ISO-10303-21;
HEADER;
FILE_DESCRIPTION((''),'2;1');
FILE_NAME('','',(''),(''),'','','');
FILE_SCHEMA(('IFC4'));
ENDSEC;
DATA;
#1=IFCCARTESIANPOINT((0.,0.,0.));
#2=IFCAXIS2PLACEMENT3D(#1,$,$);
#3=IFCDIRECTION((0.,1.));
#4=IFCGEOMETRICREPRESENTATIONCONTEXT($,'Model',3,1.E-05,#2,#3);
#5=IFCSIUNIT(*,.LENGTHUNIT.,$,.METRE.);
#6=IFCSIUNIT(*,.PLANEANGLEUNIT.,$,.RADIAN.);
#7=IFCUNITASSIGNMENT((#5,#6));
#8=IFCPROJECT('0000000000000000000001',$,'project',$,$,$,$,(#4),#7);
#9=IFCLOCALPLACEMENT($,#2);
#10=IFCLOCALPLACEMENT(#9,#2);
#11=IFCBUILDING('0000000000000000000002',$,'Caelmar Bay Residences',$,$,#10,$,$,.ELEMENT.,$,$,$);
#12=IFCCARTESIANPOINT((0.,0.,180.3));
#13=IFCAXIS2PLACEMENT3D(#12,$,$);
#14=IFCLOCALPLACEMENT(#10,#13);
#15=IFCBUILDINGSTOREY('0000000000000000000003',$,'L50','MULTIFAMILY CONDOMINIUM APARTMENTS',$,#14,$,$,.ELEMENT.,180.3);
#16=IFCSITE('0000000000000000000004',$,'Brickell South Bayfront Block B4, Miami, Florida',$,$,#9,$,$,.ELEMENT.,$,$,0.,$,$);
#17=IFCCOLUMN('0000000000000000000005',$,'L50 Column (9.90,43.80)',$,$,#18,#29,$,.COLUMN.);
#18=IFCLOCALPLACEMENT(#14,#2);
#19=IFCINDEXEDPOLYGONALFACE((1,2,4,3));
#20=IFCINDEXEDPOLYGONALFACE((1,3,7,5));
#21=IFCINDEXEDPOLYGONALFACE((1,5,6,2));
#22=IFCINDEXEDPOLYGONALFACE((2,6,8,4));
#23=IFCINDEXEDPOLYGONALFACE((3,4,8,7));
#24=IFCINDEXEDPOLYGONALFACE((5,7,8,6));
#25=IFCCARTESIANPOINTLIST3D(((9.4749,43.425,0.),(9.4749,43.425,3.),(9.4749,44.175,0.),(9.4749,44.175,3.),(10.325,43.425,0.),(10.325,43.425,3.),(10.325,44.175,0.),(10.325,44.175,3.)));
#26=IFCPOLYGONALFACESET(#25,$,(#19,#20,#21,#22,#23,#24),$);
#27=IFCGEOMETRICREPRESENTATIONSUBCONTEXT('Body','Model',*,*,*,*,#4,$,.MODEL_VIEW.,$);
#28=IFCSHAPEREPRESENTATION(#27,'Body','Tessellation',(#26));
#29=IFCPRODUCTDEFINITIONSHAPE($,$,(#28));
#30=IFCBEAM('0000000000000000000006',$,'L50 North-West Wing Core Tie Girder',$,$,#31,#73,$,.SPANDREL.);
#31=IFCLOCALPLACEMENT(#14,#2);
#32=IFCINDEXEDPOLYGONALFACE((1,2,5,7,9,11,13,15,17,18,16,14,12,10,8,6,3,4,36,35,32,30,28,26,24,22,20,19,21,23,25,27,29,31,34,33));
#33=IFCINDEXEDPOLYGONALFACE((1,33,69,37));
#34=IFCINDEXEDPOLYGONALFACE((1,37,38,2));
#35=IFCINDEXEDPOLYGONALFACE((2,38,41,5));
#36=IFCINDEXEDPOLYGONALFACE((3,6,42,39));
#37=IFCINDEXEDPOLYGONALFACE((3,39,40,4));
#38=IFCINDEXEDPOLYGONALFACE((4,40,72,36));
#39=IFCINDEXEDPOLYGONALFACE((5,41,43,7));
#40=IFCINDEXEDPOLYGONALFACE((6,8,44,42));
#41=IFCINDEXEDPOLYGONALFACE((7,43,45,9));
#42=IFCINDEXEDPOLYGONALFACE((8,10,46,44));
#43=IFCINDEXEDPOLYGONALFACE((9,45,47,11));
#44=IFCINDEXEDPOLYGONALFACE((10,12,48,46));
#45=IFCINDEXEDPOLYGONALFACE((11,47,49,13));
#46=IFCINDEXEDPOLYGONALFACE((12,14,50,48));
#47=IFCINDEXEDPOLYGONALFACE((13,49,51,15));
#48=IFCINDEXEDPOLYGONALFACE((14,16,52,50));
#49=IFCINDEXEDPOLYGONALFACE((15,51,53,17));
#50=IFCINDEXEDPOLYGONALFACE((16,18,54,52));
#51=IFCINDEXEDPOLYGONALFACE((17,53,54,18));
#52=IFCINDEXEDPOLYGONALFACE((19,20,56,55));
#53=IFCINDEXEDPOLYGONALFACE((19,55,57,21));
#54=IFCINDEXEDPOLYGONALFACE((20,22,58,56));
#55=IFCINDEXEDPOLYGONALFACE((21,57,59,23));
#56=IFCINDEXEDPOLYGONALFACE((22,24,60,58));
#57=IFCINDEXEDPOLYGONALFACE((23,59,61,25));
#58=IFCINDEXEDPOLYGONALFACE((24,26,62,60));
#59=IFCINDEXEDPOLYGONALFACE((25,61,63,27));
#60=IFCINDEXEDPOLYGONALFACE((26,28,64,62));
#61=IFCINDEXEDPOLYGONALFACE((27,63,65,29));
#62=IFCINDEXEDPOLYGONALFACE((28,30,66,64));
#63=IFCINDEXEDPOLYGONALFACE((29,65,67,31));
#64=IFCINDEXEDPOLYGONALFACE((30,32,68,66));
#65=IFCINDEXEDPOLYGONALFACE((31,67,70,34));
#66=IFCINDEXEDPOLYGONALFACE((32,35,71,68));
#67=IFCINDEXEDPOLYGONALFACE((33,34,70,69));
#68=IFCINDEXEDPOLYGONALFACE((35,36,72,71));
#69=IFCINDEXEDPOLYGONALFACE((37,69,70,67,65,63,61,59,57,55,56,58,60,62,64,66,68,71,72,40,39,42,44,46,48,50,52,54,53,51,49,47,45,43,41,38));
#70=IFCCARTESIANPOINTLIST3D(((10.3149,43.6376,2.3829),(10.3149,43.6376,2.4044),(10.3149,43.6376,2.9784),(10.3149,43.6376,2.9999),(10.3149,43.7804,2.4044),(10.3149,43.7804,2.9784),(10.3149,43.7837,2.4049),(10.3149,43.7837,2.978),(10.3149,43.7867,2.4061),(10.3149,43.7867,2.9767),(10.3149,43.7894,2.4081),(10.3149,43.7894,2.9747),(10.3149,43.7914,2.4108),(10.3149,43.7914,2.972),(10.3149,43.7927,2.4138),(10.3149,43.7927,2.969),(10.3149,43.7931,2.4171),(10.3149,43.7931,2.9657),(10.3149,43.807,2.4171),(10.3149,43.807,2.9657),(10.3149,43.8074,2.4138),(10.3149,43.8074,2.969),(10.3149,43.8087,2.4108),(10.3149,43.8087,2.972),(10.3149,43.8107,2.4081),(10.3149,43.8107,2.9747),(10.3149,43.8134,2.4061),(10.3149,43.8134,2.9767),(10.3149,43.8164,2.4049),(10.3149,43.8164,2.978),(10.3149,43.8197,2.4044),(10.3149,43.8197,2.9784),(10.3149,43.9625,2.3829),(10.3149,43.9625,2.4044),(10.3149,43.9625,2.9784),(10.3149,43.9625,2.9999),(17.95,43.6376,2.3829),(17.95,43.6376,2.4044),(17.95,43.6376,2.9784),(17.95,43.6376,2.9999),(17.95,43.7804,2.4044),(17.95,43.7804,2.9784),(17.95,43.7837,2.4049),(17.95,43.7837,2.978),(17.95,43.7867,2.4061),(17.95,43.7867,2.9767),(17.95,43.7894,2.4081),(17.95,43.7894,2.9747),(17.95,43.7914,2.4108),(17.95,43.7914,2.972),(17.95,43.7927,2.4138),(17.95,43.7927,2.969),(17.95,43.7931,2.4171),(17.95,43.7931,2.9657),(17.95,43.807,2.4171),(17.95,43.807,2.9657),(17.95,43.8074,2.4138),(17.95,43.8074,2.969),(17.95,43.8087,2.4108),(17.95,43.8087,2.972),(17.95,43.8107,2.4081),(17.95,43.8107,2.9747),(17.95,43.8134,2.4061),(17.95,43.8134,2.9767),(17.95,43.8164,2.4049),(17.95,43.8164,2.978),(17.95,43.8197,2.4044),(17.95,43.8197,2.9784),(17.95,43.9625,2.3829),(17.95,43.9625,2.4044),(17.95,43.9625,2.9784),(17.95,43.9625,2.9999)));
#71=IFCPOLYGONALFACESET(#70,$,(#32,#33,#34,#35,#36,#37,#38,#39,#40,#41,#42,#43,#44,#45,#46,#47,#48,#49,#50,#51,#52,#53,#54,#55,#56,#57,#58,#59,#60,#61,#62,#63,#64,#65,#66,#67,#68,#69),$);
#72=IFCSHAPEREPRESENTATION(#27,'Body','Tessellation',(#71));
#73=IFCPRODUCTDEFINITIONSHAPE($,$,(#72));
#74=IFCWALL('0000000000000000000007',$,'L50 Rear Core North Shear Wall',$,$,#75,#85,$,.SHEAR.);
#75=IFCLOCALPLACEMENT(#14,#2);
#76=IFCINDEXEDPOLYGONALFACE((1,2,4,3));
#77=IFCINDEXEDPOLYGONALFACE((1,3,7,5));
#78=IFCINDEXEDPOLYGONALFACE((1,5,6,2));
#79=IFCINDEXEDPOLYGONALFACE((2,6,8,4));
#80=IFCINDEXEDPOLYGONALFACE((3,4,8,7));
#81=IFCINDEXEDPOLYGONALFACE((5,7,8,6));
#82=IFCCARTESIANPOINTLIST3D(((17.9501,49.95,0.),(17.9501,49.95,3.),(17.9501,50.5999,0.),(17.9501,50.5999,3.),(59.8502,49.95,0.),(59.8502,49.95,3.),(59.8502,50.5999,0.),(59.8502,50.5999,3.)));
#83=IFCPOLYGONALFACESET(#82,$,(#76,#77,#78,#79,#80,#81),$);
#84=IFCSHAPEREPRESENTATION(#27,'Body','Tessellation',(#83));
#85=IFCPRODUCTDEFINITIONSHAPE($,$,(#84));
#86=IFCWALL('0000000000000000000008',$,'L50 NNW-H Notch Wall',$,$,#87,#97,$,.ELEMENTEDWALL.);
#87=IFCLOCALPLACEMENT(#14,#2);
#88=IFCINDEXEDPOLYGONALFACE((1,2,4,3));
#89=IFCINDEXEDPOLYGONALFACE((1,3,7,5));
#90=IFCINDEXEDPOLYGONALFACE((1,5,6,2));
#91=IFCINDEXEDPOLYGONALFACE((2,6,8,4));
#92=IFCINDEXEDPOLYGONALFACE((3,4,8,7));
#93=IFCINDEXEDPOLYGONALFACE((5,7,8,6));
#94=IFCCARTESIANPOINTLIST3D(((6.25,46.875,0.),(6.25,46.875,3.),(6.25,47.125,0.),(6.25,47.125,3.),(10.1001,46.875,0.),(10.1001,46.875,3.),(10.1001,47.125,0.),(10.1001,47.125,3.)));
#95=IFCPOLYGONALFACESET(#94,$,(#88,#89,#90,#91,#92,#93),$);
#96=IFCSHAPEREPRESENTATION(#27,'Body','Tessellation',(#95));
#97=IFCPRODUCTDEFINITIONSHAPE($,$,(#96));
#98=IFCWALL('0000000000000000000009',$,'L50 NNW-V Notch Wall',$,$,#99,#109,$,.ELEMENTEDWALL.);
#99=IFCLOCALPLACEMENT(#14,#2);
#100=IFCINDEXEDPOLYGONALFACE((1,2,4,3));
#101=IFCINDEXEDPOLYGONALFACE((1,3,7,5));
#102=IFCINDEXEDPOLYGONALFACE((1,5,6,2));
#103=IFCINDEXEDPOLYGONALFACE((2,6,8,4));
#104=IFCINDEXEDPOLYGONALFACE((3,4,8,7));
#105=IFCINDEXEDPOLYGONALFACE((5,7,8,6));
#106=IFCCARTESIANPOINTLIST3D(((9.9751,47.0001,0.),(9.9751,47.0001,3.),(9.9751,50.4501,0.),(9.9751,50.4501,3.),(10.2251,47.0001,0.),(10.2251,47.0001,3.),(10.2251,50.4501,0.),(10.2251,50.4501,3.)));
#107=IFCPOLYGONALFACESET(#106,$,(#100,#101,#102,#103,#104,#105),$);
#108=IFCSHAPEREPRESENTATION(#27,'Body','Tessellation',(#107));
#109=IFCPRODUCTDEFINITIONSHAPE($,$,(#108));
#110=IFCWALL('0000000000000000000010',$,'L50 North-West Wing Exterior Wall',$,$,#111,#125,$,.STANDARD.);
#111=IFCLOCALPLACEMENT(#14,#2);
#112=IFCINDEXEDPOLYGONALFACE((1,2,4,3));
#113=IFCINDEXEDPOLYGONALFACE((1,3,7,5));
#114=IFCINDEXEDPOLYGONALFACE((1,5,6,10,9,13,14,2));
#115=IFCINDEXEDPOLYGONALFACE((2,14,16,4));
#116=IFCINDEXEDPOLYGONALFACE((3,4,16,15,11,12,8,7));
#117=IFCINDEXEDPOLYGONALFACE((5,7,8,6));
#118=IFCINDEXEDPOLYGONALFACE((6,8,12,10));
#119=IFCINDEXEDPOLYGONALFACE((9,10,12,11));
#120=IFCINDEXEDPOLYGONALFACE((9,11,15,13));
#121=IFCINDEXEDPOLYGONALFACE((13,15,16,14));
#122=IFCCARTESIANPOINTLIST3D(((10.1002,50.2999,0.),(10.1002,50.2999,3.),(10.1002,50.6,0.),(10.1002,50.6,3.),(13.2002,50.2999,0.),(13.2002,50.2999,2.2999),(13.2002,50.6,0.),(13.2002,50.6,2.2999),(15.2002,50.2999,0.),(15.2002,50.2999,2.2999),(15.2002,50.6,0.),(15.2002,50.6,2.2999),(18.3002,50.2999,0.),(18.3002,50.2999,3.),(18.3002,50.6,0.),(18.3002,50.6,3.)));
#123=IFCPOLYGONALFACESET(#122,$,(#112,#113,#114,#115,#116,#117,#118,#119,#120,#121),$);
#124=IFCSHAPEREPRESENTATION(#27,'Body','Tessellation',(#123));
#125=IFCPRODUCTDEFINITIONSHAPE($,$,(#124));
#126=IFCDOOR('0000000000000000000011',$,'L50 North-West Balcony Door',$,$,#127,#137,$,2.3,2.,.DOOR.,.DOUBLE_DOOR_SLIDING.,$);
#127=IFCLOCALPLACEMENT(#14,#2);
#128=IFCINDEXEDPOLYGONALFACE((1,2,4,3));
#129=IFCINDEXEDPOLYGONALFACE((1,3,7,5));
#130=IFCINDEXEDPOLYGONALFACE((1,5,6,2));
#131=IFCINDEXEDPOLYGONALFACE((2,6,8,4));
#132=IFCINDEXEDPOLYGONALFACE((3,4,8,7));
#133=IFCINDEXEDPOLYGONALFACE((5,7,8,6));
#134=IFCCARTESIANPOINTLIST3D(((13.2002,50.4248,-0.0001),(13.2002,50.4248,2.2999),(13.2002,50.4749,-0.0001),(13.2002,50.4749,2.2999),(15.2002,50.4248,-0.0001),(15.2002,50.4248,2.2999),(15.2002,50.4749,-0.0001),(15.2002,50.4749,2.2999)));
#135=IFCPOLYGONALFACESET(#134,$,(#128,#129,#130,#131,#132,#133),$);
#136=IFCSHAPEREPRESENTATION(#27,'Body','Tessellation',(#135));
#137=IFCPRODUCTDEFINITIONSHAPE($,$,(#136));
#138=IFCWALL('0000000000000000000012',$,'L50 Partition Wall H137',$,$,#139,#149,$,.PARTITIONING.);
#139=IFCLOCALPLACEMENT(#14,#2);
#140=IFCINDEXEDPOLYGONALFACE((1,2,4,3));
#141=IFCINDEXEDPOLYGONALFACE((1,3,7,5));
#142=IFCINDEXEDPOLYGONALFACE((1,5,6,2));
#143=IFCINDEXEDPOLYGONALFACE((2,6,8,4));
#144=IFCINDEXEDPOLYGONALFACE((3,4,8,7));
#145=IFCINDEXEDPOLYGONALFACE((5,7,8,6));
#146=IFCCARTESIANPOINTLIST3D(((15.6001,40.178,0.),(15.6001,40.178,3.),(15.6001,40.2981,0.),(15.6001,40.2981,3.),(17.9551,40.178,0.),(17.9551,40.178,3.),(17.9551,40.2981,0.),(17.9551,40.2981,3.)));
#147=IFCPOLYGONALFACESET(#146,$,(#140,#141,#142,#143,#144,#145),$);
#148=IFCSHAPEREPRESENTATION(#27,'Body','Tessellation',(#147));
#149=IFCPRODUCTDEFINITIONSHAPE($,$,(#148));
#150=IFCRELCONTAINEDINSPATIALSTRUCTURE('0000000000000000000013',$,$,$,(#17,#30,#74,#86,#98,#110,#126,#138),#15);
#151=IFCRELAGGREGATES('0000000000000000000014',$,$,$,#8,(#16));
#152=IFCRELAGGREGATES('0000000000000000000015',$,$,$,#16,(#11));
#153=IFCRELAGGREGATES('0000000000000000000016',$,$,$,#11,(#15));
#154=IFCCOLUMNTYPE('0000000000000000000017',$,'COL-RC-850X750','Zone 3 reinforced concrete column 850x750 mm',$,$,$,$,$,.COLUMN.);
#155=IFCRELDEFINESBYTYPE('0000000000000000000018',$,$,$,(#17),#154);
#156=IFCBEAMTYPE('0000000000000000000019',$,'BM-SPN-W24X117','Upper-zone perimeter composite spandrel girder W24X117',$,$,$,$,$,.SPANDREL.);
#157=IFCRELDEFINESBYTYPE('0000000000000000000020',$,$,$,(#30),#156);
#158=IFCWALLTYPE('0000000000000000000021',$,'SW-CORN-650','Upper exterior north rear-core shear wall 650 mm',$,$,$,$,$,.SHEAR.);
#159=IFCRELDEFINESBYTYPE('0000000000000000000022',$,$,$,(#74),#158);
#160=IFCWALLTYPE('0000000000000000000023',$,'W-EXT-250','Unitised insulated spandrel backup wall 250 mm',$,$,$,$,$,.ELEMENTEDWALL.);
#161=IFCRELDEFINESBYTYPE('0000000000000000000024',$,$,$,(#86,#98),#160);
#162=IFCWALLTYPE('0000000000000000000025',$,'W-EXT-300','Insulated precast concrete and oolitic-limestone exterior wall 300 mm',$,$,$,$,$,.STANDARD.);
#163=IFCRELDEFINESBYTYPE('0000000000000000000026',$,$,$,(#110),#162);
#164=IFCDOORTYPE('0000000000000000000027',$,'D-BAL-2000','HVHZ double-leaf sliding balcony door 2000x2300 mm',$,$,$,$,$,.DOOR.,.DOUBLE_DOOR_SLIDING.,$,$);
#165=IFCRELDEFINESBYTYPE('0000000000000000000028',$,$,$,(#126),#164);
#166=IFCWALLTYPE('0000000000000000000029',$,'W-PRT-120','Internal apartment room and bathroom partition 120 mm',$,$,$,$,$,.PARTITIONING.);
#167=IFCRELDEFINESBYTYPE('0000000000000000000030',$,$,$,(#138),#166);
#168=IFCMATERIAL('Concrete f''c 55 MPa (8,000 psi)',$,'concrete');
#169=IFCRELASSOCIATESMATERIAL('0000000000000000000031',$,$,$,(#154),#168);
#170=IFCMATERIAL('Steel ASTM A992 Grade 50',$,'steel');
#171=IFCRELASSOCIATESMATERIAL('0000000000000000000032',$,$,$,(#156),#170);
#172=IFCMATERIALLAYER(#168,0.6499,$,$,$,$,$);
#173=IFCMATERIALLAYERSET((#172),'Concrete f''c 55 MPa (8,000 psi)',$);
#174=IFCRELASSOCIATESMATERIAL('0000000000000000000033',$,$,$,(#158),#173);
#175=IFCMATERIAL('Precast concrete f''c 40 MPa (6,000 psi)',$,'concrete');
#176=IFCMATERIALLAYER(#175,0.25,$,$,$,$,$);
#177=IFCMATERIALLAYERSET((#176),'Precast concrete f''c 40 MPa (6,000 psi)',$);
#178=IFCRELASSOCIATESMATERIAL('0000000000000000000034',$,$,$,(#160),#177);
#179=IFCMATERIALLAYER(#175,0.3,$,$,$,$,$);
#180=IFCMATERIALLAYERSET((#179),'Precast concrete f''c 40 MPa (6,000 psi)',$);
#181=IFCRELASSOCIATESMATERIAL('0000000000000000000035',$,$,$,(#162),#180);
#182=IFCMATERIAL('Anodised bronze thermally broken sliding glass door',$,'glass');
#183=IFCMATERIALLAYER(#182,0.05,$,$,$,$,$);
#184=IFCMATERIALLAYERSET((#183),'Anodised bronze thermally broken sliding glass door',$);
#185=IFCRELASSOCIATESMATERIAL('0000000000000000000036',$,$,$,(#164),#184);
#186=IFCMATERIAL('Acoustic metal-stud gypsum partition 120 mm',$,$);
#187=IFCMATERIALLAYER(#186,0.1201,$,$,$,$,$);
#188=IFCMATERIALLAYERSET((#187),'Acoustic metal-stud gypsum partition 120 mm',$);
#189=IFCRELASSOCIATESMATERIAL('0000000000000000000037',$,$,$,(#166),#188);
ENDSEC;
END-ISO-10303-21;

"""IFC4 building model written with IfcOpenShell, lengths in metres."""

from ifc_helpers import new_model, si_unit, direction, frame, frame_2d, origin, origin_2d, place, context, subcontext, project, spatial, rectangle, i_section, extrude, material, layer, layer_set, material_profile, profile_set, type_object, element, fill, save


model = new_model("IFC4")

# Units and contexts
model_context = context("Model", 3, precision=1e-05, world=origin(), true_north=direction((0.0, 1.0)))
body_context = subcontext(model_context, "Body", "Model", "MODEL_VIEW")
ifc_project = project(units=[si_unit("LENGTHUNIT", "METRE"), si_unit("PLANEANGLEUNIT", "RADIAN")], contexts=[model_context])

# Site, building, storey
site_placement = place(None, origin())
site = spatial("IfcSite", under=ifc_project, at=site_placement, Name="Brickell South Bayfront Block B4, Miami, Florida", CompositionType="ELEMENT", RefElevation=0.0)
building_placement = place(site_placement, origin())
building = spatial("IfcBuilding", under=site, at=building_placement, Name="Caelmar Bay Residences", CompositionType="ELEMENT")
storey_placement = place(building_placement, frame((0.0, 0.0, 180.3)))
storey = spatial("IfcBuildingStorey", under=building, at=storey_placement, Name="L50", Description="MULTIFAMILY CONDOMINIUM APARTMENTS", CompositionType="ELEMENT", Elevation=180.3)

# Column
ifc_material_1 = material(Name="Concrete f'c 55 MPa (8,000 psi)", Category="concrete")
ifc_material_profile_1 = material_profile(ifc_material_1, rectangle(XDim=0.8501, YDim=0.75, at=origin_2d()), Name="RC-COL-850X750")
ifc_profile_set_1 = profile_set([ifc_material_profile_1], Name="Concrete f'c 55 MPa (8,000 psi)")
column_type = type_object("IfcColumnType", Name="COL-RC-850X750", Description="Zone 3 reinforced concrete column 850x750 mm", PredefinedType="COLUMN", material=ifc_profile_set_1)
column_placement = place(storey_placement, frame((9.8999, 43.8, 0.0), z_axis=(0.0, 0.0, 1.0), x_axis=(1.0, 0.0, 0.0)))
element("IfcColumn", 1, at=column_placement, inside=storey, type_object=column_type, Name="L50 Column (9.90,43.80)", PredefinedType="COLUMN", context=body_context, shape_type="SweptSolid", body=[
    extrude(rectangle(XDim=0.8501, YDim=0.75, at=origin_2d()), origin(), (0.0, 0.0, 1.0), 3.0),
])

# Beam
ifc_material_2 = material(Name="Steel ASTM A992 Grade 50", Category="steel")
ifc_material_profile_2 = material_profile(ifc_material_2, i_section(OverallWidth=0.325, OverallDepth=0.6169, WebThickness=0.0139, FlangeThickness=0.0215, FilletRadius=0.0127, at=origin_2d()), Name="W24X117")
ifc_profile_set_2 = profile_set([ifc_material_profile_2], Name="Steel ASTM A992 Grade 50")
beam_type = type_object("IfcBeamType", Name="BM-SPN-W24X117", Description="Upper-zone perimeter composite spandrel girder W24X117", PredefinedType="SPANDREL", material=ifc_profile_set_2)
beam_placement = place(storey_placement, frame((10.3149, 43.8, 2.6914), z_axis=(1.0, 0.0, 0.0), x_axis=(0.0, 1.0, 0.0)))
element("IfcBeam", 2, at=beam_placement, inside=storey, type_object=beam_type, Name="L50 North-West Wing Core Tie Girder", PredefinedType="SPANDREL", context=body_context, shape_type="SweptSolid", body=[
    extrude(i_section(OverallWidth=0.325, OverallDepth=0.6169, WebThickness=0.0139, FlangeThickness=0.0215, FilletRadius=0.0127, at=origin_2d()), origin(), (0.0, 0.0, 1.0), 7.635),
])

# Walls
ifc_layer_1 = layer(ifc_material_1, 0.6499)
ifc_layer_set_1 = layer_set([ifc_layer_1], Name="Concrete f'c 55 MPa (8,000 psi)")
wall_type_1 = type_object("IfcWallType", Name="SW-CORN-650", Description="Upper exterior north rear-core shear wall 650 mm", PredefinedType="SHEAR", material=ifc_layer_set_1)
wall_1_placement = place(storey_placement, frame((17.95, 50.2749, 0.0), z_axis=(0.0, 0.0, 1.0), x_axis=(1.0, 0.0, 0.0)))
element("IfcWall", 3, at=wall_1_placement, inside=storey, type_object=wall_type_1, Name="L50 Rear Core North Shear Wall", PredefinedType="SHEAR", context=body_context, shape_type="SweptSolid", body=[
    extrude(rectangle(XDim=41.9001, YDim=0.6499, at=frame_2d((20.9502, 0.0))), origin(), (0.0, 0.0, 1.0), 3.0),
])
ifc_material_3 = material(Name="Precast concrete f'c 40 MPa (6,000 psi)", Category="concrete")
ifc_layer_2 = layer(ifc_material_3, 0.25)
ifc_layer_set_2 = layer_set([ifc_layer_2], Name="Precast concrete f'c 40 MPa (6,000 psi)")
wall_type_2 = type_object("IfcWallType", Name="W-EXT-250", Description="Unitised insulated spandrel backup wall 250 mm", PredefinedType="ELEMENTEDWALL", material=ifc_layer_set_2)
wall_2_placement = place(storey_placement, frame((6.25, 47.0, 0.0), z_axis=(0.0, 0.0, 1.0), x_axis=(1.0, 0.0, 0.0)))
element("IfcWall", 4, at=wall_2_placement, inside=storey, type_object=wall_type_2, Name="L50 NNW-H Notch Wall", PredefinedType="ELEMENTEDWALL", context=body_context, shape_type="SweptSolid", body=[
    extrude(rectangle(XDim=3.8501, YDim=0.25, at=frame_2d((1.925, 0.0))), origin(), (0.0, 0.0, 1.0), 3.0),
])
wall_3_placement = place(storey_placement, frame((10.1001, 47.0, 0.0), z_axis=(0.0, 0.0, 1.0), x_axis=(0.0, 1.0, 0.0)))
element("IfcWall", 5, at=wall_3_placement, inside=storey, type_object=wall_type_2, Name="L50 NNW-V Notch Wall", PredefinedType="ELEMENTEDWALL", context=body_context, shape_type="SweptSolid", body=[
    extrude(rectangle(XDim=3.45, YDim=0.25, at=frame_2d((1.7251, 0.0))), origin(), (0.0, 0.0, 1.0), 3.0),
])

# Wall, opening, door
ifc_layer_3 = layer(ifc_material_3, 0.3)
ifc_layer_set_3 = layer_set([ifc_layer_3], Name="Precast concrete f'c 40 MPa (6,000 psi)")
wall_type_3 = type_object("IfcWallType", Name="W-EXT-300", Description="Insulated precast concrete and oolitic-limestone exterior wall 300 mm", PredefinedType="STANDARD", material=ifc_layer_set_3)
wall_4_placement = place(storey_placement, frame((10.1001, 50.45, 0.0), z_axis=(0.0, 0.0, 1.0), x_axis=(1.0, 0.0, 0.0)))
wall_4 = element("IfcWall", 6, at=wall_4_placement, inside=storey, type_object=wall_type_3, Name="L50 North-West Wing Exterior Wall", PredefinedType="STANDARD", context=body_context, shape_type="SweptSolid", body=[
    extrude(rectangle(XDim=8.2, YDim=0.3, at=frame_2d((4.1001, 0.0))), origin(), (0.0, 0.0, 1.0), 3.0),
])
opening_1_placement = place(wall_4_placement, frame((3.1001, 0.0, 0.0)))
opening_1 = element("IfcOpeningElement", 7, at=opening_1_placement, cuts=wall_4, PredefinedType="OPENING", context=body_context, shape_type="SweptSolid", body=[
    extrude(rectangle(XDim=2.0, YDim=2.3, at=frame_2d((1.0, 1.1499))), frame((0.0, 0.1599, 0.0), z_axis=(0.0, -1.0, 0.0), x_axis=(1.0, 0.0, 0.0)), (0.0, 0.0, 1.0), 0.3201),
])
ifc_material_4 = material(Name="Anodised bronze thermally broken sliding glass door", Category="glass")
ifc_layer_4 = layer(ifc_material_4, 0.05)
ifc_layer_set_4 = layer_set([ifc_layer_4], Name="Anodised bronze thermally broken sliding glass door")
door_type_1 = type_object("IfcDoorType", Name="D-BAL-2000", Description="HVHZ double-leaf sliding balcony door 2000x2300 mm", OperationType="DOUBLE_DOOR_SLIDING", PredefinedType="DOOR", material=ifc_layer_set_4)
door_1_placement = place(opening_1_placement, origin())
door_1 = element("IfcDoor", 8, at=door_1_placement, inside=storey, type_object=door_type_1, Name="L50 North-West Balcony Door", OperationType="DOUBLE_DOOR_SLIDING", OverallHeight=2.3, OverallWidth=2.0, PredefinedType="DOOR", context=body_context, shape_type="SweptSolid", body=[
    extrude(rectangle(XDim=2.0, YDim=2.3, at=frame_2d((1.0, 1.1499))), frame((0.0, 0.0249, 0.0), z_axis=(0.0, -1.0, 0.0), x_axis=(1.0, 0.0, 0.0)), (0.0, 0.0, 1.0), 0.05),
])
fill(opening_1, door_1)
ifc_material_5 = material(Name="Acoustic metal-stud gypsum partition 120 mm")
ifc_layer_5 = layer(ifc_material_5, 0.1201)
ifc_layer_set_5 = layer_set([ifc_layer_5], Name="Acoustic metal-stud gypsum partition 120 mm")
wall_type_4 = type_object("IfcWallType", Name="W-PRT-120", Description="Internal apartment room and bathroom partition 120 mm", PredefinedType="PARTITIONING", material=ifc_layer_set_5)

# Wall
wall_5_placement = place(storey_placement, frame((15.6001, 40.238, 0.0), z_axis=(0.0, 0.0, 1.0), x_axis=(1.0, 0.0, 0.0)))
element("IfcWall", 9, at=wall_5_placement, inside=storey, type_object=wall_type_4, Name="L50 Partition Wall H137", PredefinedType="PARTITIONING", context=body_context, shape_type="SweptSolid", body=[
    extrude(rectangle(XDim=2.355, YDim=0.1201, at=frame_2d((1.1775, 0.0))), origin(), (0.0, 0.0, 1.0), 3.0),
])

save(model, "model.ifc")
